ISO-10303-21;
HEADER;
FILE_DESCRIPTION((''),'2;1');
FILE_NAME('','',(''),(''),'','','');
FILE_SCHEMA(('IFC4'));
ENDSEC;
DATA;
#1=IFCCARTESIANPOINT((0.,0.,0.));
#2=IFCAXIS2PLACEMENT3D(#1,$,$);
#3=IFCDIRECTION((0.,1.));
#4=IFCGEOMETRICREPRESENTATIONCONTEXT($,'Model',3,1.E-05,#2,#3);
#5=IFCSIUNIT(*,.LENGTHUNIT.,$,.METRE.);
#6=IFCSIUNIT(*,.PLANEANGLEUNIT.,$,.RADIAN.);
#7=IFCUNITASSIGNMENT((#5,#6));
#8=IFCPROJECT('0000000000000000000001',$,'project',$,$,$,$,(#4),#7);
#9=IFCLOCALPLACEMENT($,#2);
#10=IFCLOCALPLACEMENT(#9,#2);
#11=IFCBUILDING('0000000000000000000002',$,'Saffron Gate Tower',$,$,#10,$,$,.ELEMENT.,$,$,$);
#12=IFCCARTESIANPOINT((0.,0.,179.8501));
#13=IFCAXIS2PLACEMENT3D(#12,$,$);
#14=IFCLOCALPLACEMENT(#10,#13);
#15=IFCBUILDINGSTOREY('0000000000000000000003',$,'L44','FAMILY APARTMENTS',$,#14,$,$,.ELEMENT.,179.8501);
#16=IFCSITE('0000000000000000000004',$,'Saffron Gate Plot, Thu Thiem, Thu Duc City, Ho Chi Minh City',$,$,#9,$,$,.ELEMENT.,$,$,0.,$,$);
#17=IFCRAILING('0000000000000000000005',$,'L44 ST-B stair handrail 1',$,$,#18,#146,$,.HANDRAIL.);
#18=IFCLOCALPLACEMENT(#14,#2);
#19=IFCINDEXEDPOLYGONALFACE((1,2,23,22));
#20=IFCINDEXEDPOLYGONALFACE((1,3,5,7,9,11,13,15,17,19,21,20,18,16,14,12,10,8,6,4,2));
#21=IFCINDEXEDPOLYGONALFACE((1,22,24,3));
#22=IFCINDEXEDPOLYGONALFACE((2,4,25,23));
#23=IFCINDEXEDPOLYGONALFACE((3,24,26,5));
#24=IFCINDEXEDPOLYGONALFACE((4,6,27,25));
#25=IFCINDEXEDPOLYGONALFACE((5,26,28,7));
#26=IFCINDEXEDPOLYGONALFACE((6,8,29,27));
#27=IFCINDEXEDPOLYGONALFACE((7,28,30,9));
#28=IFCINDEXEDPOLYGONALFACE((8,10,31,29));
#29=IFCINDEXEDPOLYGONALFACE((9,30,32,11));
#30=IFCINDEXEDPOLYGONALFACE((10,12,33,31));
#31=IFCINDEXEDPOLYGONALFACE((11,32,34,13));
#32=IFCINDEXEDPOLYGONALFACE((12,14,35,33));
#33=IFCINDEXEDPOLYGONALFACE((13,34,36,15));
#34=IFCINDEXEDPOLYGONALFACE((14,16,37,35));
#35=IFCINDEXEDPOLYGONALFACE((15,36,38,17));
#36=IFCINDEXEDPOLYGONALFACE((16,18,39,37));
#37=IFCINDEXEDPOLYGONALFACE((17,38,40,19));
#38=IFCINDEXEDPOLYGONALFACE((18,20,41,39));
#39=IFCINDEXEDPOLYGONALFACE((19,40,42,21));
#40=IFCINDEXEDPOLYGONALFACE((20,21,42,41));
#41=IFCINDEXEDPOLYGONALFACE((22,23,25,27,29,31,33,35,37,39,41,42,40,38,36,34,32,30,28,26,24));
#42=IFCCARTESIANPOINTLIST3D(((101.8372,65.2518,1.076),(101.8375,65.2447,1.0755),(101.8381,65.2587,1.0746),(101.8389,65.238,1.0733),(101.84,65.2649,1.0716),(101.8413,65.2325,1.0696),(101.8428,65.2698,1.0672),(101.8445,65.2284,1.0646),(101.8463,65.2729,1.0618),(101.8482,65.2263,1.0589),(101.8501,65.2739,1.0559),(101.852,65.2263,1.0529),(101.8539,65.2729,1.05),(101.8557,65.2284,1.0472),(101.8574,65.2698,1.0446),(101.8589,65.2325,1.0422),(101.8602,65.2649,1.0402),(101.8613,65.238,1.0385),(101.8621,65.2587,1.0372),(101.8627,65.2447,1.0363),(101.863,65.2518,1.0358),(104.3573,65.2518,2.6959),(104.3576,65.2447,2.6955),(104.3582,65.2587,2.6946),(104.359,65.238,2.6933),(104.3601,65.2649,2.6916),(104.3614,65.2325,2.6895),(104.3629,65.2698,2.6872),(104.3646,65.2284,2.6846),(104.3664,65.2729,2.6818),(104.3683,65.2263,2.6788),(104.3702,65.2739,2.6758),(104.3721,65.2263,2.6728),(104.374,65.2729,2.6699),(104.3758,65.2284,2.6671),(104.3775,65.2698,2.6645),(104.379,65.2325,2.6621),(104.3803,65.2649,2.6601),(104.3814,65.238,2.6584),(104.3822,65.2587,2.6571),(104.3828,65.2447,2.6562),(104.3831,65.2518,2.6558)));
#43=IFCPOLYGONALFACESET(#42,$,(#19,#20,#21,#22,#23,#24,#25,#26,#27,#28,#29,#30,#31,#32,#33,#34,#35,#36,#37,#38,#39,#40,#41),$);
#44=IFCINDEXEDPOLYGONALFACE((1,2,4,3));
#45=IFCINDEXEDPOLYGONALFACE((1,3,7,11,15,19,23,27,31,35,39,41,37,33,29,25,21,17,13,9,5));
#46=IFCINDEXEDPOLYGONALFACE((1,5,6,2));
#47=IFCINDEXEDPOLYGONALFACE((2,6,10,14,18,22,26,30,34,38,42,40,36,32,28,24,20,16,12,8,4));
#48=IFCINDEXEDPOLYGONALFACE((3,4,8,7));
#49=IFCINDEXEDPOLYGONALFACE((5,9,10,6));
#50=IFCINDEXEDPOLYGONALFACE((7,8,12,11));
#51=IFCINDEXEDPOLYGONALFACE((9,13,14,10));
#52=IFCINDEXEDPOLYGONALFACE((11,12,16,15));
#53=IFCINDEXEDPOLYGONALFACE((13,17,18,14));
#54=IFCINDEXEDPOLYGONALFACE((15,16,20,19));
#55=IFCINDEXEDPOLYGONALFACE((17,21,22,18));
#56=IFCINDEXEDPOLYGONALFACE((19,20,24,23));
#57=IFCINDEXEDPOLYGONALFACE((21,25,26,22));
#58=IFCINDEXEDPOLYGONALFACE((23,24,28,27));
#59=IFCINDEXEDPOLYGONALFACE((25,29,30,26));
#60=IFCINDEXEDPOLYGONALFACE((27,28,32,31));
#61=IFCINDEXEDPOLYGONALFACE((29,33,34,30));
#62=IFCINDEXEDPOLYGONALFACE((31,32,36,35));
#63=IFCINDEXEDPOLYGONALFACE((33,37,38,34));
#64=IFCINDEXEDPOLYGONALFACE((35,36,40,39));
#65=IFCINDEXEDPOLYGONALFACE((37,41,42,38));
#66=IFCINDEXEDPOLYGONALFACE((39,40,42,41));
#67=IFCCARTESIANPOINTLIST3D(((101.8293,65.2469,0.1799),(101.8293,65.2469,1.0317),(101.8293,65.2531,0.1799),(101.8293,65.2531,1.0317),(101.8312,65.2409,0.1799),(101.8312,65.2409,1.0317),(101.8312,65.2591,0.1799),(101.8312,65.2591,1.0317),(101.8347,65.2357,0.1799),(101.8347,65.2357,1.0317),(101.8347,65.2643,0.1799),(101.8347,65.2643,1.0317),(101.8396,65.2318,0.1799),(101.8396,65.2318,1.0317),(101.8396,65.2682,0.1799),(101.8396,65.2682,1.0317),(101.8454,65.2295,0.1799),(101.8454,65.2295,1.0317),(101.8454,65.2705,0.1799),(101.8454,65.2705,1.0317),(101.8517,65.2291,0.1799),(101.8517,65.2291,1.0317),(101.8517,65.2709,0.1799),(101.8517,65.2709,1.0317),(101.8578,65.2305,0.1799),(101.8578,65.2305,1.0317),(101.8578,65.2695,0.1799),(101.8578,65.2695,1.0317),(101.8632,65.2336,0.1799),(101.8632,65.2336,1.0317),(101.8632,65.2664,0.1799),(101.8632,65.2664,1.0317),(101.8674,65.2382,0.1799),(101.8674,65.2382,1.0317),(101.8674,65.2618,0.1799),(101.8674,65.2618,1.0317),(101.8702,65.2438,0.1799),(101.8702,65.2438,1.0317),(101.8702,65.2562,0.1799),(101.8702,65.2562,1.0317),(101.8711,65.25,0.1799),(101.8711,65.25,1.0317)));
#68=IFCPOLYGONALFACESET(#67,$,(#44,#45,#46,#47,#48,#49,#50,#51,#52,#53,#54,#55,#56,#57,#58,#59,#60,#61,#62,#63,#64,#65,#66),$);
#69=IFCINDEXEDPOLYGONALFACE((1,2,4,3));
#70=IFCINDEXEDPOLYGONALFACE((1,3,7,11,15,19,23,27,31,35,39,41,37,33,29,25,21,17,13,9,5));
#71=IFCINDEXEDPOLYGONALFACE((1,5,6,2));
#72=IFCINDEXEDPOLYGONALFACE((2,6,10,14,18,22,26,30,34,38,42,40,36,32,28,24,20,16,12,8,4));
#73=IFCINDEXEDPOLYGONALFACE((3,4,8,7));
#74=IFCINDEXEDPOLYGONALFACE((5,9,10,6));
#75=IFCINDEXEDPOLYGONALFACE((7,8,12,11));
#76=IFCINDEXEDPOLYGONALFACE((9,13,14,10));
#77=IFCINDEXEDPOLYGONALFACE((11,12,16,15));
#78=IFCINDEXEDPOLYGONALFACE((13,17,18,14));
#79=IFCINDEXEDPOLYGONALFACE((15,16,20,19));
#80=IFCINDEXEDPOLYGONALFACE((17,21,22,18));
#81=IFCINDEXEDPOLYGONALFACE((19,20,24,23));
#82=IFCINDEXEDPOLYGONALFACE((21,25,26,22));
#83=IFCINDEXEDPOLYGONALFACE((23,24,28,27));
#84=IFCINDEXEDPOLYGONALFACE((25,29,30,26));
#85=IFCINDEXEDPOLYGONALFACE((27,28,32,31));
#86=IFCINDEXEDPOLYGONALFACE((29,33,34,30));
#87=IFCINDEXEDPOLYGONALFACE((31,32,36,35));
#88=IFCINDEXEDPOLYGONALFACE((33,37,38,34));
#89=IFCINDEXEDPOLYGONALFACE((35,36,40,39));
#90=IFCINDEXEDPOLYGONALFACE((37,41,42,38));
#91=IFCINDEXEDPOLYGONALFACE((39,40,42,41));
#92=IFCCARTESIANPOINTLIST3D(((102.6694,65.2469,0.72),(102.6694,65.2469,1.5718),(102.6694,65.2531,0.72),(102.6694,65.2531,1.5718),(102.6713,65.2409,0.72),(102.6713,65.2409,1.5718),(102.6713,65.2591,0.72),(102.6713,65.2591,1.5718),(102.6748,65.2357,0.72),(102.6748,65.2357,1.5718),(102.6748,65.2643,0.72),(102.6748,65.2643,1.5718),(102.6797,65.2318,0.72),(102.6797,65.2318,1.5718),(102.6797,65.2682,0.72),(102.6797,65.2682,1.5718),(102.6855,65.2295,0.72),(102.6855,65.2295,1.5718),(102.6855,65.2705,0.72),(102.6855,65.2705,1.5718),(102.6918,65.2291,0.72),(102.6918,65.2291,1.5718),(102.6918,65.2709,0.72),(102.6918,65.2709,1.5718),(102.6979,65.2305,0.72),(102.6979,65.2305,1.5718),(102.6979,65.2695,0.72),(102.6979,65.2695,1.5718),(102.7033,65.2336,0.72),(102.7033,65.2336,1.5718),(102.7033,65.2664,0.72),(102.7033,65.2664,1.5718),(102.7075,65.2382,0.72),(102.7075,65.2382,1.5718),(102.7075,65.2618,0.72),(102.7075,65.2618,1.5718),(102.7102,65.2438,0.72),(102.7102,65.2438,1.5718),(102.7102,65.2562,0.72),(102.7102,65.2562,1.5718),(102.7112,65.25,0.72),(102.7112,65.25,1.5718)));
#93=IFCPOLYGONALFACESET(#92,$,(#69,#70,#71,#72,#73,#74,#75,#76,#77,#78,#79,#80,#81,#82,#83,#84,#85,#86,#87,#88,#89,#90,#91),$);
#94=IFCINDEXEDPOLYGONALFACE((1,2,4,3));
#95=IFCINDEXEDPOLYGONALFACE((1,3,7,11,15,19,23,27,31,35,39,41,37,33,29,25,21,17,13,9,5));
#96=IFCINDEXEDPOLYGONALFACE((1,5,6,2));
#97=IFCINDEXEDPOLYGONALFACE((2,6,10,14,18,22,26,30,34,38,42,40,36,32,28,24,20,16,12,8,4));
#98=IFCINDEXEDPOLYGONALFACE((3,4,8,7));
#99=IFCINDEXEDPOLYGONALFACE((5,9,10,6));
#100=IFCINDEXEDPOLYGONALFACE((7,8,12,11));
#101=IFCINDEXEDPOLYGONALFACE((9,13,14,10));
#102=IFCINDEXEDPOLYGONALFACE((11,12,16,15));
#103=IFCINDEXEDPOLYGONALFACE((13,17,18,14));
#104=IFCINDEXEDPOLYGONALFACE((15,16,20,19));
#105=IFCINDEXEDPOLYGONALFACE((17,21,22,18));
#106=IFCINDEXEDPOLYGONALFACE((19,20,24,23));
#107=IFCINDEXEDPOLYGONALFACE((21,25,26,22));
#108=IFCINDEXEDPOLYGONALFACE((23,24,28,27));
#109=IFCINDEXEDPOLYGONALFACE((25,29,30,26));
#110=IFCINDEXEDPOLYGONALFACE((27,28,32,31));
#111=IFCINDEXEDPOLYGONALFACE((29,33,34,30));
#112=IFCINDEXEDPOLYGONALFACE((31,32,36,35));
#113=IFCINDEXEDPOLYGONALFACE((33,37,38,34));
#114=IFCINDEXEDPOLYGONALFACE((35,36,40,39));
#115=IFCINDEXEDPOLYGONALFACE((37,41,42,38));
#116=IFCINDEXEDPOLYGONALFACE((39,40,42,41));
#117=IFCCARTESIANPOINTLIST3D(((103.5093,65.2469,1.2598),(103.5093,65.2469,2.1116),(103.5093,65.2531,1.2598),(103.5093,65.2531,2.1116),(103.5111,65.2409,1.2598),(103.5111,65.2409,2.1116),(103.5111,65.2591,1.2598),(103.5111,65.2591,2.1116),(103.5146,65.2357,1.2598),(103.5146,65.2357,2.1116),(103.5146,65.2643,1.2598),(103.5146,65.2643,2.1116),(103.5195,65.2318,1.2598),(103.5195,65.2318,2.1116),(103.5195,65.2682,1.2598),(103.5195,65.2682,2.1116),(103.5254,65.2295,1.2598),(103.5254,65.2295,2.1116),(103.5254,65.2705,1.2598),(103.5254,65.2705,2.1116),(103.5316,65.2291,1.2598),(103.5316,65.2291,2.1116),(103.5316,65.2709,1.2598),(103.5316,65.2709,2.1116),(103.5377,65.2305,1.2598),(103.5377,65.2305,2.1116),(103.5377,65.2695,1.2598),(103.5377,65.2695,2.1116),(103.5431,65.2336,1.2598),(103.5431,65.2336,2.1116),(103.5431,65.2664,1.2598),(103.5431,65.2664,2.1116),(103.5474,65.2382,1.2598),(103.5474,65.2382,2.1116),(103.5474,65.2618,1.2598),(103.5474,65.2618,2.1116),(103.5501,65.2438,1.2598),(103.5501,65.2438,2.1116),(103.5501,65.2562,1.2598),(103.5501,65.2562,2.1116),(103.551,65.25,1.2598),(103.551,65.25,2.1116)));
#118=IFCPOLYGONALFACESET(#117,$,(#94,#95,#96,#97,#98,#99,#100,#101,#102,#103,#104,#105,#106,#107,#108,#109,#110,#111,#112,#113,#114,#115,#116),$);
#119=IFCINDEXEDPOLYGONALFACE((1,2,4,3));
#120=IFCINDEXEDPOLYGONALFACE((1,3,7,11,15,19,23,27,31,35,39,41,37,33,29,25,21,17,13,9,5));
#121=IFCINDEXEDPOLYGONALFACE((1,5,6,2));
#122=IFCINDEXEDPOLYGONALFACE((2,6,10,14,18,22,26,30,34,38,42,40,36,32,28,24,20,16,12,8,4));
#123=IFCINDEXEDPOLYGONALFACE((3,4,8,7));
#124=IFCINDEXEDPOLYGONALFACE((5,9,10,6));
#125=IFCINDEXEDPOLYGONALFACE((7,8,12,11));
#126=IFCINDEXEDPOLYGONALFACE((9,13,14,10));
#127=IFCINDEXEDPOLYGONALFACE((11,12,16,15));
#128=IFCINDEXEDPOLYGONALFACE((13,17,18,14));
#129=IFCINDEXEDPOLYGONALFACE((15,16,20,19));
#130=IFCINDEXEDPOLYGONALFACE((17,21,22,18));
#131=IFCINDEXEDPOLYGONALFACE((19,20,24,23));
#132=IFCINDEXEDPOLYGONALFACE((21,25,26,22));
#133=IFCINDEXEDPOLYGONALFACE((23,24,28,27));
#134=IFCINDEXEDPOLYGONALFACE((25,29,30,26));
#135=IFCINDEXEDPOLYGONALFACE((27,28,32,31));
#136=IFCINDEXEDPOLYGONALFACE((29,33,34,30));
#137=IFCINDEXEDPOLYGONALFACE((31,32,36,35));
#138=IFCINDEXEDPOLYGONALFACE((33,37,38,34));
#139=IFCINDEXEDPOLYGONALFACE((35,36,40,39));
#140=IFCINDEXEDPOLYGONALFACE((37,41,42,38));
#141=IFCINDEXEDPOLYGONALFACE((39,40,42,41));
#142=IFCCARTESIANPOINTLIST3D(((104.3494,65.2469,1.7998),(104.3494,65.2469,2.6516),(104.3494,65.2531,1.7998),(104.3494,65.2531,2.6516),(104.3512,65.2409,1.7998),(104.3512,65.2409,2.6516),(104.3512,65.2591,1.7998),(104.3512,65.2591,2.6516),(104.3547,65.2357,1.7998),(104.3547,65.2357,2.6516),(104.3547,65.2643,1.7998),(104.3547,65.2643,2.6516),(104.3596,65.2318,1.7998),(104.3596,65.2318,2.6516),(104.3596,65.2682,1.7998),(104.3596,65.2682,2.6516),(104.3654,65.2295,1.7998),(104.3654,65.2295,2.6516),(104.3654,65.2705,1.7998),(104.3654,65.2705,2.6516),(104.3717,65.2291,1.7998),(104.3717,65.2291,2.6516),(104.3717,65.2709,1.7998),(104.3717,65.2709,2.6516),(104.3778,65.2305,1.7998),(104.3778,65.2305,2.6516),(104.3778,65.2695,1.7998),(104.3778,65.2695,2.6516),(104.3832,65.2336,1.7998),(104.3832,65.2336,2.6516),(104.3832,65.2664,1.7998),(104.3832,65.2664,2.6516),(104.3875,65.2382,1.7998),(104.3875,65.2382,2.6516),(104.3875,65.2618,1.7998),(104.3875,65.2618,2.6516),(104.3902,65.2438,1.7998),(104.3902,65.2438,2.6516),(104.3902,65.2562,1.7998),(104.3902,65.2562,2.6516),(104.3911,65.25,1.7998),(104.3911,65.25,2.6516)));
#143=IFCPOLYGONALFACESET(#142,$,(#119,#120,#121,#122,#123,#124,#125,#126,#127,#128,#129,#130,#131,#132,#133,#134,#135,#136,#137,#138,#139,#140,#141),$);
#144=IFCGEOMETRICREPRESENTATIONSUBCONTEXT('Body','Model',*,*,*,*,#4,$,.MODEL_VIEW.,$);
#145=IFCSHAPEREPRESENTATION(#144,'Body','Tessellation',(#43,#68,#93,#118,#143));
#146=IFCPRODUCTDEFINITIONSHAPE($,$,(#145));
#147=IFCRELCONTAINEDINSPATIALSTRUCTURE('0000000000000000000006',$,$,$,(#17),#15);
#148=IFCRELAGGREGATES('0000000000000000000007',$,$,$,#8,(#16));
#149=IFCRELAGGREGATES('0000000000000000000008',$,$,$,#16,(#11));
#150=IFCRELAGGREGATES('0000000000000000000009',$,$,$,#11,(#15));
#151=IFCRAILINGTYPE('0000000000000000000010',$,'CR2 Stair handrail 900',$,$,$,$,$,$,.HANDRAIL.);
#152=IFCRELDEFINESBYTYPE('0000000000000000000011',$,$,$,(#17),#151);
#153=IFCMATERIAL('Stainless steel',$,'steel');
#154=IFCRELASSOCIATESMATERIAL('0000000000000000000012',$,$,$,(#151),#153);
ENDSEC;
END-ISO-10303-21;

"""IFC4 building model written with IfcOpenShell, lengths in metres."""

from ifc_helpers import new_model, si_unit, direction, frame, origin, origin_2d, place, context, subcontext, project, spatial, circle, extrude, material, type_object, element, save


model = new_model("IFC4")

# Units and contexts
model_context = context("Model", 3, precision=1e-05, world=origin(), true_north=direction((0.0, 1.0)))
body_context = subcontext(model_context, "Body", "Model", "MODEL_VIEW")
ifc_project = project(units=[si_unit("LENGTHUNIT", "METRE"), si_unit("PLANEANGLEUNIT", "RADIAN")], contexts=[model_context])

# Site, building, storey
site_placement = place(None, origin())
site = spatial("IfcSite", under=ifc_project, at=site_placement, Name="Saffron Gate Plot, Thu Thiem, Thu Duc City, Ho Chi Minh City", CompositionType="ELEMENT", RefElevation=0.0)
building_placement = place(site_placement, origin())
building = spatial("IfcBuilding", under=site, at=building_placement, Name="Saffron Gate Tower", CompositionType="ELEMENT")
storey_placement = place(building_placement, frame((0.0, 0.0, 179.8501)))
storey = spatial("IfcBuildingStorey", under=building, at=storey_placement, Name="L44", Description="FAMILY APARTMENTS", CompositionType="ELEMENT", Elevation=179.8501)

# Railing
ifc_material_1 = material(Name="Stainless steel", Category="steel")
railing_type = type_object("IfcRailingType", Name="CR2 Stair handrail 900", PredefinedType="HANDRAIL", material=ifc_material_1)
railing_1_placement = place(storey_placement, frame((101.8501, 65.25, 0.1799)))
element("IfcRailing", 1, at=railing_1_placement, inside=storey, type_object=railing_type, Name="L44 ST-B stair handrail 1", PredefinedType="HANDRAIL", context=body_context, shape_type="SweptSolid", body=[
    extrude(circle(Radius=0.0239, at=origin_2d()), frame((0.0, 0.0, 0.876), z_axis=(0.8412, 0.0, 0.540725), x_axis=(0.0, 1.0, 0.0)), (0.0, 0.0, 1.0), 2.9958),
    extrude(circle(Radius=0.021, at=origin_2d()), origin(), (0.0, 0.0, 1.0), 0.8518),
    extrude(circle(Radius=0.021, at=origin_2d()), frame((0.8401, 0.0, 0.54)), (0.0, 0.0, 1.0), 0.8518),
    extrude(circle(Radius=0.021, at=origin_2d()), frame((1.6799, 0.0, 1.0798)), (0.0, 0.0, 1.0), 0.8518),
    extrude(circle(Radius=0.021, at=origin_2d()), frame((2.52, 0.0, 1.6199)), (0.0, 0.0, 1.0), 0.8518),
])

save(model, "model.ifc")
